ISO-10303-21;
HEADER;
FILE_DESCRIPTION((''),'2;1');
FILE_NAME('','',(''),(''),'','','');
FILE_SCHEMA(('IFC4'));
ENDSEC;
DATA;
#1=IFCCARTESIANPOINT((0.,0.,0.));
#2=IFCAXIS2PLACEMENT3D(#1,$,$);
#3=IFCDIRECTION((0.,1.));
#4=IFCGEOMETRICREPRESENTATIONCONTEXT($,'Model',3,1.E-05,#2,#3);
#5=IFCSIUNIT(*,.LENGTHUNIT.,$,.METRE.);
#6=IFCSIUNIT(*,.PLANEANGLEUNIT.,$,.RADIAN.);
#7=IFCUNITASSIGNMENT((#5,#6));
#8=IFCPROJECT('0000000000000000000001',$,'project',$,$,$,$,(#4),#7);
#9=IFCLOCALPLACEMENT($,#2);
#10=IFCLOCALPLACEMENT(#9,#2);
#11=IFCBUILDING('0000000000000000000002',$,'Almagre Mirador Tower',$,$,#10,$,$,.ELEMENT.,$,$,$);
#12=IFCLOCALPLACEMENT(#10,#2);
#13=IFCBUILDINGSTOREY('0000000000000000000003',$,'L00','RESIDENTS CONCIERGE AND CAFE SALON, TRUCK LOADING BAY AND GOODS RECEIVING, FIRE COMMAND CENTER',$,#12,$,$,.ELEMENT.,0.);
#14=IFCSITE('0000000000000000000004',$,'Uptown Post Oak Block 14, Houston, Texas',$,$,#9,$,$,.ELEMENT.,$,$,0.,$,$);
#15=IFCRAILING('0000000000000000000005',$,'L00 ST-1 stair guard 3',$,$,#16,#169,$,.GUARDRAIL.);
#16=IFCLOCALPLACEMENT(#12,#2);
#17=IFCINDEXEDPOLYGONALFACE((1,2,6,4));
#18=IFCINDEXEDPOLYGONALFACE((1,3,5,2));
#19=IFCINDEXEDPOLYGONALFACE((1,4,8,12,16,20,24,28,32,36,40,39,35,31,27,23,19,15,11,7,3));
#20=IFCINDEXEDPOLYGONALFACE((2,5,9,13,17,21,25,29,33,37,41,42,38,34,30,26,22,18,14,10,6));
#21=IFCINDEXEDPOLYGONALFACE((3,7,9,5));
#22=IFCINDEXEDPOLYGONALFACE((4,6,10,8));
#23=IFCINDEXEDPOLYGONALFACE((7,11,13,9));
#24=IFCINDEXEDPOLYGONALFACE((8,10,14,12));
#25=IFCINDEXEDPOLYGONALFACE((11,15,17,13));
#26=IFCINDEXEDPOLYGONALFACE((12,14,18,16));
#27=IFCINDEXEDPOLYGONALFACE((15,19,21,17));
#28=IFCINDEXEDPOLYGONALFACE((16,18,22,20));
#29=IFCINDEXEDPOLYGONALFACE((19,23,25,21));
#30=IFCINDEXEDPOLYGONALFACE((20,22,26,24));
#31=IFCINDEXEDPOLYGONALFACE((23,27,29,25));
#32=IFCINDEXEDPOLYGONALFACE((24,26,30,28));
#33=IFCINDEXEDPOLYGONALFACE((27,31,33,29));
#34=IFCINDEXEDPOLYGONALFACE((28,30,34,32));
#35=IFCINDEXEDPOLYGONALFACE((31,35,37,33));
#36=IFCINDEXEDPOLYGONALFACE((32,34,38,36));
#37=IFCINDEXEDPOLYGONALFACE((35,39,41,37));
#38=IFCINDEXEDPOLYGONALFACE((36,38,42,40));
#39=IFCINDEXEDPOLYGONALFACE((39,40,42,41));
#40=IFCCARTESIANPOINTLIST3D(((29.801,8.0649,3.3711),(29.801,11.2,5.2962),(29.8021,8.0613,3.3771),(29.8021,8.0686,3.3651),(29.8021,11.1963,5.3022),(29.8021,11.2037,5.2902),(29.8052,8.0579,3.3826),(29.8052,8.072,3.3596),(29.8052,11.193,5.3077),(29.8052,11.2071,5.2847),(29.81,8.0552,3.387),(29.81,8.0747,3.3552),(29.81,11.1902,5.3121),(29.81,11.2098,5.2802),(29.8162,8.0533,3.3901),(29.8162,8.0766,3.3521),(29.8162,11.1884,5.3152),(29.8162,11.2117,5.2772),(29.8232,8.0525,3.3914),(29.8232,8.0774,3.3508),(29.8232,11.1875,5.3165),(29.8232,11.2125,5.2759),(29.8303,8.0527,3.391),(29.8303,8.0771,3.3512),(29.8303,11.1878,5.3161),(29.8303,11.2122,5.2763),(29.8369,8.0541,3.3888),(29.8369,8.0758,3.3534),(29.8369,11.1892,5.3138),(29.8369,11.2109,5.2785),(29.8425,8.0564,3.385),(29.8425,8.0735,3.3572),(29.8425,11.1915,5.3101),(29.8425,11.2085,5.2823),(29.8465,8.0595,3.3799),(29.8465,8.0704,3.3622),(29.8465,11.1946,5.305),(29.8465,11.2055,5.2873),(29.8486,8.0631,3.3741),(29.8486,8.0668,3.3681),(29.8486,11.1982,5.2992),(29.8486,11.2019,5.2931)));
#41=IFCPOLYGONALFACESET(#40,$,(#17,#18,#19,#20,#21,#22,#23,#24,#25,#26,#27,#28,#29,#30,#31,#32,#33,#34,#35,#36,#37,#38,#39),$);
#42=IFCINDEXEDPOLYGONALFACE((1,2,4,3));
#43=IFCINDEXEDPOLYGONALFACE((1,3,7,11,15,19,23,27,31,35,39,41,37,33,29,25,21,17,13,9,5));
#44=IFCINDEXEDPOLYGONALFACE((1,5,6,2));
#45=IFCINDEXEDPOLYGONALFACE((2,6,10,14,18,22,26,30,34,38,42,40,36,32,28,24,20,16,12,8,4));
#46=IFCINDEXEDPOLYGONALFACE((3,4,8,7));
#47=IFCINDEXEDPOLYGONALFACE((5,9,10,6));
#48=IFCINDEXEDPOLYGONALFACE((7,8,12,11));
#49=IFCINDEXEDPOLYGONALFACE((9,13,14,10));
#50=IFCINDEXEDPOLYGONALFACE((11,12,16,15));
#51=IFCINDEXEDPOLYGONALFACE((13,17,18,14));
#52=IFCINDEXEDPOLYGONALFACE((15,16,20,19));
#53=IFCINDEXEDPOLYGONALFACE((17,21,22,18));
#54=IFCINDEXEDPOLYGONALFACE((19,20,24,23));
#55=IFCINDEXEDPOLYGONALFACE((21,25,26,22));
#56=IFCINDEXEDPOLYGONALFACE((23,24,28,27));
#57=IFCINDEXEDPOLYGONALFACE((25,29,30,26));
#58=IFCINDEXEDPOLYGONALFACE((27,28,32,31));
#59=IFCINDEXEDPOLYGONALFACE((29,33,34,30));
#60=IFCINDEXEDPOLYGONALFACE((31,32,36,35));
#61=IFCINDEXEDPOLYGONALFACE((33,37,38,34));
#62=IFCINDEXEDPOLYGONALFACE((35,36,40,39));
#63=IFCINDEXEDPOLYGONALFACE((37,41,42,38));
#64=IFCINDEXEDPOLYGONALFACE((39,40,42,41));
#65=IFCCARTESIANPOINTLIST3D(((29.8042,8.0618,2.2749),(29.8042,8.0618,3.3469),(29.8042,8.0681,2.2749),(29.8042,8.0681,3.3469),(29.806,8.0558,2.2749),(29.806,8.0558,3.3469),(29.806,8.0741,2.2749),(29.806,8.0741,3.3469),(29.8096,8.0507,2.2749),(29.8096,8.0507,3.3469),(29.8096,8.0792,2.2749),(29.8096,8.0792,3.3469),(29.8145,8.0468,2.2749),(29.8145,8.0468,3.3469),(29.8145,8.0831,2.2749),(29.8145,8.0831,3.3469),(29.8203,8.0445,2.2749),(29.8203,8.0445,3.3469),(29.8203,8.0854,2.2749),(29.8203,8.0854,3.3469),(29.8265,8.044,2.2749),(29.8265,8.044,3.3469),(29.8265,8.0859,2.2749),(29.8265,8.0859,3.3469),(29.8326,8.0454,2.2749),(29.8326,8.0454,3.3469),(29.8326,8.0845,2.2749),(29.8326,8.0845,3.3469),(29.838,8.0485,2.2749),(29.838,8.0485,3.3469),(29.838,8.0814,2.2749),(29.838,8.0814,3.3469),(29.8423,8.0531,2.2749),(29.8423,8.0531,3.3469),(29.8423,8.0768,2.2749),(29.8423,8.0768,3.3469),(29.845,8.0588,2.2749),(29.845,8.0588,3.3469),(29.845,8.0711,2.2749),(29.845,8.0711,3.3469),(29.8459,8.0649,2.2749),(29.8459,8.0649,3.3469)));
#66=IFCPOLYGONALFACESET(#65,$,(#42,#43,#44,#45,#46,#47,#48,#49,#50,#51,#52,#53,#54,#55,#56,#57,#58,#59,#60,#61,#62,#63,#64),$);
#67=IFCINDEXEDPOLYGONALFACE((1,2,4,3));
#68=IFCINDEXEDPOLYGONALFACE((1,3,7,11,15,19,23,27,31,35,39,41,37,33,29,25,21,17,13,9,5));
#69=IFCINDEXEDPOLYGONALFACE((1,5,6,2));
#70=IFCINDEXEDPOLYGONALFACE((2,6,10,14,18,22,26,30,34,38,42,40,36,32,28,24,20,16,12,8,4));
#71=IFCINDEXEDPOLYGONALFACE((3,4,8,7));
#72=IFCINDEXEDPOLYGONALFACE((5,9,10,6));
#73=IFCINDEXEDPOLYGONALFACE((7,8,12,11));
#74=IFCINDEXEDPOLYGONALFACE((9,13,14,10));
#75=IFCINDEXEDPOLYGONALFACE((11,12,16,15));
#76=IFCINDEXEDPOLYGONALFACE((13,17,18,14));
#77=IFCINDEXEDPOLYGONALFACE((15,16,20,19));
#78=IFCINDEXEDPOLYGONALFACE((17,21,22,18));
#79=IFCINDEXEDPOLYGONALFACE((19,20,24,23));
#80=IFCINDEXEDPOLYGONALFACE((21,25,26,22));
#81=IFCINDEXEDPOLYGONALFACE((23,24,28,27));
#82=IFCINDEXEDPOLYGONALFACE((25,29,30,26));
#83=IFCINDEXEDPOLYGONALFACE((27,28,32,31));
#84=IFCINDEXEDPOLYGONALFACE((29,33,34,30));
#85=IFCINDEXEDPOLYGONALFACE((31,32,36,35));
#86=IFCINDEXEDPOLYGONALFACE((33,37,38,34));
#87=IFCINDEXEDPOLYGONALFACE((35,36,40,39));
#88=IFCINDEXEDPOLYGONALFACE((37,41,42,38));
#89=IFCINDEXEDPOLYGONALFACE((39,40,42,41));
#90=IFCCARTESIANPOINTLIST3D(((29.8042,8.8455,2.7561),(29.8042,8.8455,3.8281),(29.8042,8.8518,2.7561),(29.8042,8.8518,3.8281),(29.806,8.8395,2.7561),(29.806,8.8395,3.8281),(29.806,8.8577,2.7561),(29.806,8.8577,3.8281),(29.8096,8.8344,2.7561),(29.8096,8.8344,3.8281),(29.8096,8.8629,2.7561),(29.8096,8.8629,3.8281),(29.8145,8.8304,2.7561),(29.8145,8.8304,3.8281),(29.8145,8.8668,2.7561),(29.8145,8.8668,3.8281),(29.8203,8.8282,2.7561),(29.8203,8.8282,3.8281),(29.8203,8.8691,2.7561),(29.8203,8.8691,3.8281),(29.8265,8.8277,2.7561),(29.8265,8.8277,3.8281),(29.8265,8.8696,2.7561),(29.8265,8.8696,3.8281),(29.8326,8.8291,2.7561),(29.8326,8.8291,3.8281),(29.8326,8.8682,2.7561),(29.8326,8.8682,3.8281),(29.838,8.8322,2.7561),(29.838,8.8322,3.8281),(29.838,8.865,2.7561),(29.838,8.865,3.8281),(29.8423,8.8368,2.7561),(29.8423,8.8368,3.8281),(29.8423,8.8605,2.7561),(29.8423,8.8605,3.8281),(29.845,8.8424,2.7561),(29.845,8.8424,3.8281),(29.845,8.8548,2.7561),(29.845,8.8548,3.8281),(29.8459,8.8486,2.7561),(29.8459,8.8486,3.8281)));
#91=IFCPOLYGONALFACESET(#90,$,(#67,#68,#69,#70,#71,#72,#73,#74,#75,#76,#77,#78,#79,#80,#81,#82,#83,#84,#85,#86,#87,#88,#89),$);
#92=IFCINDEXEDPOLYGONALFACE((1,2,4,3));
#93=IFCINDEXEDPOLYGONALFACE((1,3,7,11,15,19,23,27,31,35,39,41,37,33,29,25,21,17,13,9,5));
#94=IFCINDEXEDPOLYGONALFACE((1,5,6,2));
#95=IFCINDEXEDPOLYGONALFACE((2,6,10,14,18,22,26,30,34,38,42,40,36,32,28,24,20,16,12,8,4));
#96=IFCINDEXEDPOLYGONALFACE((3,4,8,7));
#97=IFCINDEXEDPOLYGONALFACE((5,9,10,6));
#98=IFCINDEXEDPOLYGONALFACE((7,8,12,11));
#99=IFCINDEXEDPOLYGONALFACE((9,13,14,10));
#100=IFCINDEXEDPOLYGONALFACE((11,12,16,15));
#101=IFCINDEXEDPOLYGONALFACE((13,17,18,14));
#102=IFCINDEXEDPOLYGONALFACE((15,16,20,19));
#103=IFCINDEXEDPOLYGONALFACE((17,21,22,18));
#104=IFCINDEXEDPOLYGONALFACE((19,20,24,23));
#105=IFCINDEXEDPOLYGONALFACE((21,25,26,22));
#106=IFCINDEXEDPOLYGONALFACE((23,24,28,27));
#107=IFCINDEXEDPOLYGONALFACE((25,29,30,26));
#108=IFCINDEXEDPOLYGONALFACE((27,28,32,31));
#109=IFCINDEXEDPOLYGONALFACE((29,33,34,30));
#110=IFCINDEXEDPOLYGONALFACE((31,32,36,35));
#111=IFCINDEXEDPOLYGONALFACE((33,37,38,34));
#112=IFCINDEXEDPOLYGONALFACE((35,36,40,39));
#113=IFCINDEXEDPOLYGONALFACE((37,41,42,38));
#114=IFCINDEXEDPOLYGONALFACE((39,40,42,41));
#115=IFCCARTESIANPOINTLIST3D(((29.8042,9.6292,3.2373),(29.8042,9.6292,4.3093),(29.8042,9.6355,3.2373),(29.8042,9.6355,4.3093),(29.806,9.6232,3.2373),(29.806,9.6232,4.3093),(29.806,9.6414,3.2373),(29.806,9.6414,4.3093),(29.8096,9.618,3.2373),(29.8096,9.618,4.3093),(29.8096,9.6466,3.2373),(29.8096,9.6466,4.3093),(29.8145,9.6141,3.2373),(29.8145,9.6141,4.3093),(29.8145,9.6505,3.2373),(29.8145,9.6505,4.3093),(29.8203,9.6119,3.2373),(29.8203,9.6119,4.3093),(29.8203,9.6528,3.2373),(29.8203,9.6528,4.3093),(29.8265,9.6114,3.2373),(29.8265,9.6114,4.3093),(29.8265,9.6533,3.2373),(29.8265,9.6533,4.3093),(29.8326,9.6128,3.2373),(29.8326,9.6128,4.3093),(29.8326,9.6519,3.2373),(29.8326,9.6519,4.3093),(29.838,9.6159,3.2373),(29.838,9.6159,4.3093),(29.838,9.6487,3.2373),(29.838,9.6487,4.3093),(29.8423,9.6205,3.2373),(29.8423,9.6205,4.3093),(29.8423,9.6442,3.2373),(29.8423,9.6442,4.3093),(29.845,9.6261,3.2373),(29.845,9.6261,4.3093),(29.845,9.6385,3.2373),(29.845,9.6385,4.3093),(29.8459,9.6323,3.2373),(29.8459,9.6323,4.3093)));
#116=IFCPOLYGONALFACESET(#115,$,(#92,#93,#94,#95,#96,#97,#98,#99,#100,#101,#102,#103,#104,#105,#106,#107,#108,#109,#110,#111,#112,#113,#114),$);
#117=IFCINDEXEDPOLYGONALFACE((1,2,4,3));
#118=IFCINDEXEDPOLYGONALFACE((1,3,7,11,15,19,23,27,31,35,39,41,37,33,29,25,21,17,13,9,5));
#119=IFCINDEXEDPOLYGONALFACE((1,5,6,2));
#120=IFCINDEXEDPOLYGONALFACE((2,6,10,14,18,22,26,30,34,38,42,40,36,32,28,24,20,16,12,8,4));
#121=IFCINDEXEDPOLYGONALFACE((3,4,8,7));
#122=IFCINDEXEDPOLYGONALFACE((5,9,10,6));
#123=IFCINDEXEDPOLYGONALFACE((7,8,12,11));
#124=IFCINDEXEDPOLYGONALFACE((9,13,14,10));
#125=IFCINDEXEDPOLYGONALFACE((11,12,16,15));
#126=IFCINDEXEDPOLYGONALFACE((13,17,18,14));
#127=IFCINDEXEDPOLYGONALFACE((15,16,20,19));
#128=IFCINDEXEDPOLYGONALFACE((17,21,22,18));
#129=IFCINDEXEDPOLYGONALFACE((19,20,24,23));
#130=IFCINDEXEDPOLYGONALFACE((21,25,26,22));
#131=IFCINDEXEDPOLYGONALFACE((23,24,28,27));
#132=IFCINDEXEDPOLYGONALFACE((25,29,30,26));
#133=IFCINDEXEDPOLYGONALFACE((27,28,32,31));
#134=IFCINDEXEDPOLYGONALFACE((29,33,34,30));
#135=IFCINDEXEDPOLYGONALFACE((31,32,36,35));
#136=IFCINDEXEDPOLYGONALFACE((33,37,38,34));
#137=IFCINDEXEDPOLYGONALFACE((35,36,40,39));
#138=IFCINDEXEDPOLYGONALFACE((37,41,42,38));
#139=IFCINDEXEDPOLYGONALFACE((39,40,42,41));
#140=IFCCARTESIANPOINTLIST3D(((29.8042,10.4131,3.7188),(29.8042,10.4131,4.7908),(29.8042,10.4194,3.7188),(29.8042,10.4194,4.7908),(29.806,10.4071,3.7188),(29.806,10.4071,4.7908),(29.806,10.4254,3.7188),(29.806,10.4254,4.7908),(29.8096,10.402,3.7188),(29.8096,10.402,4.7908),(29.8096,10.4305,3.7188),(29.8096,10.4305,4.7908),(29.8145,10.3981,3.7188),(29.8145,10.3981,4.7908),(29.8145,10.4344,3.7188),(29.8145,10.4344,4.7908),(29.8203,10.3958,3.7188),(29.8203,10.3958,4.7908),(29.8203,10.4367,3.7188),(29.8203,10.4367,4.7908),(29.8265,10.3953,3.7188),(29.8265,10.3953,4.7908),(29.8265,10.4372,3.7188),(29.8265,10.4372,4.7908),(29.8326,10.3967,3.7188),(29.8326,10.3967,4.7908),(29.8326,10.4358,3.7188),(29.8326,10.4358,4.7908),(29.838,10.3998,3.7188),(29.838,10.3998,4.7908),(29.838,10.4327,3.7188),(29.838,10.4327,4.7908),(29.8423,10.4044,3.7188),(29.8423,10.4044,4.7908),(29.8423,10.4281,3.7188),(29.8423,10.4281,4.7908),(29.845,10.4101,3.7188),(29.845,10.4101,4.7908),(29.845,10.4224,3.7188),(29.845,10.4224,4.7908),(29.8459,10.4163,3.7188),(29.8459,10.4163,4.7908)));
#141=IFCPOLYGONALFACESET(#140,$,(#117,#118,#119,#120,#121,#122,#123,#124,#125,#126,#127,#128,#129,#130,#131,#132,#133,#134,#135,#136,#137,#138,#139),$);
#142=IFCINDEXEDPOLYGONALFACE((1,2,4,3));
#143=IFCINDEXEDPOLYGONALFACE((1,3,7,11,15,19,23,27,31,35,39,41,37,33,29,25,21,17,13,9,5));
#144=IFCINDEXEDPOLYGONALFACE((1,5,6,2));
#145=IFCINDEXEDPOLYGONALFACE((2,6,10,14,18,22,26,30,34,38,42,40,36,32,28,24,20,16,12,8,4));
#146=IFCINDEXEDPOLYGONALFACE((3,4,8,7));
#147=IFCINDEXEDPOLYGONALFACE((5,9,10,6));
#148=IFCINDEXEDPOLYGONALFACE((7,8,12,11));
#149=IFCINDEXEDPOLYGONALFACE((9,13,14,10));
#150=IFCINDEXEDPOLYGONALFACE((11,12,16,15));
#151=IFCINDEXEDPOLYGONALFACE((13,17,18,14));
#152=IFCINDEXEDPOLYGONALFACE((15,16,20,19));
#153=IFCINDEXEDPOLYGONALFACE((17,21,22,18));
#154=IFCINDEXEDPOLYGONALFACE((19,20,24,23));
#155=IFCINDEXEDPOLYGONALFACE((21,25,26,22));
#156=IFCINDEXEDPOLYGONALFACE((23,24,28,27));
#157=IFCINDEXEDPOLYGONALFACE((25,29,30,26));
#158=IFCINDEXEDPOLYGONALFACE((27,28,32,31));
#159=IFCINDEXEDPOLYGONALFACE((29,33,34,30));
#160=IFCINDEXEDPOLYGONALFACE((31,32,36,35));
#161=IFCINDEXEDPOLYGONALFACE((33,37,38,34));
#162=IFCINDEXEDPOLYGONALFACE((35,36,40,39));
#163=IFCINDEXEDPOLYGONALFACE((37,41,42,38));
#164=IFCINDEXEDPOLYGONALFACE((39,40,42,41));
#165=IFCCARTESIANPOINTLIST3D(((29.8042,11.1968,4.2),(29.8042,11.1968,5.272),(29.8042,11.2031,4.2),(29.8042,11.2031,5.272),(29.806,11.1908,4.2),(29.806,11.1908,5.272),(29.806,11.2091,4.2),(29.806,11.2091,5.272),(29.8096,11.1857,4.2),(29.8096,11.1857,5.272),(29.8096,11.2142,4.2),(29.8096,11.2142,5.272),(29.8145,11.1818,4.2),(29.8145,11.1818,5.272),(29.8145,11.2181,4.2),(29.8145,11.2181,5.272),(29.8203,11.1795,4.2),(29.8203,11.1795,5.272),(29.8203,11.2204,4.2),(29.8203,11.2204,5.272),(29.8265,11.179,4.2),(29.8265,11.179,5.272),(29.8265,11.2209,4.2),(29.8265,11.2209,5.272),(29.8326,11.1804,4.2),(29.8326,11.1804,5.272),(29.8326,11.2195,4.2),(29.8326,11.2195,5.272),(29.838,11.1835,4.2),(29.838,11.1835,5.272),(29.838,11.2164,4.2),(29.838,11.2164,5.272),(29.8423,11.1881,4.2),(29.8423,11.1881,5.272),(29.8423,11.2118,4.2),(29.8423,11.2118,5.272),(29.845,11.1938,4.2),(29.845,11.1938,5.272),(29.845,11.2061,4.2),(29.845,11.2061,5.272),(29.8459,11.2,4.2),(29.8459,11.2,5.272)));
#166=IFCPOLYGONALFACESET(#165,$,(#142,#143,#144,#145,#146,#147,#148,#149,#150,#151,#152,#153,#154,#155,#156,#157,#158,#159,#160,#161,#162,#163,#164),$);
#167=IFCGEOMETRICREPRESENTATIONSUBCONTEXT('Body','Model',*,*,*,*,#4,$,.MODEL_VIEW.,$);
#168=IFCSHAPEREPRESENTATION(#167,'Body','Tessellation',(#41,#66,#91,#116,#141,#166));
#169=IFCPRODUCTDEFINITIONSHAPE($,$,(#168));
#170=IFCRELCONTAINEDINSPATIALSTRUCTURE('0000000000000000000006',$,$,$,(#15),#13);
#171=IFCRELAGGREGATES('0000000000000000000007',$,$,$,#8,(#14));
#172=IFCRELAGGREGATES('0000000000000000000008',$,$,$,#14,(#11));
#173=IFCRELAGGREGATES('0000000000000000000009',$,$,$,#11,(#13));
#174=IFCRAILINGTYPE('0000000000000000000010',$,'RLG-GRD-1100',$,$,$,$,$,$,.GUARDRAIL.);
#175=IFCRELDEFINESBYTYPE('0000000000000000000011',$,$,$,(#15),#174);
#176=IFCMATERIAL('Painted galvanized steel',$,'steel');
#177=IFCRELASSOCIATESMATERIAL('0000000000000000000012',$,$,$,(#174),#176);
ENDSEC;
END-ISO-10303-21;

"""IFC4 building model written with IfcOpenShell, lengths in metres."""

from ifc_helpers import new_model, si_unit, direction, frame, origin, origin_2d, place, context, subcontext, project, spatial, circle, extrude, material, type_object, element, save


model = new_model("IFC4")

# Units and contexts
model_context = context("Model", 3, precision=1e-05, world=origin(), true_north=direction((0.0, 1.0)))
body_context = subcontext(model_context, "Body", "Model", "MODEL_VIEW")
ifc_project = project(units=[si_unit("LENGTHUNIT", "METRE"), si_unit("PLANEANGLEUNIT", "RADIAN")], contexts=[model_context])

# Site, building, storey
site_placement = place(None, origin())
site = spatial("IfcSite", under=ifc_project, at=site_placement, Name="Uptown Post Oak Block 14, Houston, Texas", CompositionType="ELEMENT", RefElevation=0.0)
building_placement = place(site_placement, origin())
building = spatial("IfcBuilding", under=site, at=building_placement, Name="Almagre Mirador Tower", CompositionType="ELEMENT")
storey_placement = place(building_placement, origin())
storey = spatial("IfcBuildingStorey", under=building, at=storey_placement, Name="L00", Description="RESIDENTS CONCIERGE AND CAFE SALON, TRUCK LOADING BAY AND GOODS RECEIVING, FIRE COMMAND CENTER", CompositionType="ELEMENT", Elevation=0.0)

# Railing
ifc_material_1 = material(Name="Painted galvanized steel", Category="steel")
railing_type_1 = type_object("IfcRailingType", Name="RLG-GRD-1100", PredefinedType="GUARDRAIL", material=ifc_material_1)
railing_1_placement = place(storey_placement, frame((29.825, 8.0649, 2.2749)))
element("IfcRailing", 1, at=railing_1_placement, inside=storey, type_object=railing_type_1, Name="L00 ST-1 stair guard 3", PredefinedType="GUARDRAIL", context=body_context, shape_type="SweptSolid", body=[
    extrude(circle(Radius=0.0239, at=origin_2d()), frame((0.0, 0.0, 1.0962), z_axis=(0.0, 0.852166, 0.523271), x_axis=(-1.0, 0.0, 0.0)), (0.0, 0.0, 1.0), 3.679),
    extrude(circle(Radius=0.021, at=origin_2d()), origin(), (0.0, 0.0, 1.0), 1.072),
    extrude(circle(Radius=0.021, at=origin_2d()), frame((0.0, 0.7837, 0.4812)), (0.0, 0.0, 1.0), 1.072),
    extrude(circle(Radius=0.021, at=origin_2d()), frame((0.0, 1.5674, 0.9624)), (0.0, 0.0, 1.0), 1.072),
    extrude(circle(Radius=0.021, at=origin_2d()), frame((0.0, 2.3513, 1.4438)), (0.0, 0.0, 1.0), 1.072),
    extrude(circle(Radius=0.021, at=origin_2d()), frame((0.0, 3.135, 1.925)), (0.0, 0.0, 1.0), 1.072),
])

save(model, "model.ifc")
